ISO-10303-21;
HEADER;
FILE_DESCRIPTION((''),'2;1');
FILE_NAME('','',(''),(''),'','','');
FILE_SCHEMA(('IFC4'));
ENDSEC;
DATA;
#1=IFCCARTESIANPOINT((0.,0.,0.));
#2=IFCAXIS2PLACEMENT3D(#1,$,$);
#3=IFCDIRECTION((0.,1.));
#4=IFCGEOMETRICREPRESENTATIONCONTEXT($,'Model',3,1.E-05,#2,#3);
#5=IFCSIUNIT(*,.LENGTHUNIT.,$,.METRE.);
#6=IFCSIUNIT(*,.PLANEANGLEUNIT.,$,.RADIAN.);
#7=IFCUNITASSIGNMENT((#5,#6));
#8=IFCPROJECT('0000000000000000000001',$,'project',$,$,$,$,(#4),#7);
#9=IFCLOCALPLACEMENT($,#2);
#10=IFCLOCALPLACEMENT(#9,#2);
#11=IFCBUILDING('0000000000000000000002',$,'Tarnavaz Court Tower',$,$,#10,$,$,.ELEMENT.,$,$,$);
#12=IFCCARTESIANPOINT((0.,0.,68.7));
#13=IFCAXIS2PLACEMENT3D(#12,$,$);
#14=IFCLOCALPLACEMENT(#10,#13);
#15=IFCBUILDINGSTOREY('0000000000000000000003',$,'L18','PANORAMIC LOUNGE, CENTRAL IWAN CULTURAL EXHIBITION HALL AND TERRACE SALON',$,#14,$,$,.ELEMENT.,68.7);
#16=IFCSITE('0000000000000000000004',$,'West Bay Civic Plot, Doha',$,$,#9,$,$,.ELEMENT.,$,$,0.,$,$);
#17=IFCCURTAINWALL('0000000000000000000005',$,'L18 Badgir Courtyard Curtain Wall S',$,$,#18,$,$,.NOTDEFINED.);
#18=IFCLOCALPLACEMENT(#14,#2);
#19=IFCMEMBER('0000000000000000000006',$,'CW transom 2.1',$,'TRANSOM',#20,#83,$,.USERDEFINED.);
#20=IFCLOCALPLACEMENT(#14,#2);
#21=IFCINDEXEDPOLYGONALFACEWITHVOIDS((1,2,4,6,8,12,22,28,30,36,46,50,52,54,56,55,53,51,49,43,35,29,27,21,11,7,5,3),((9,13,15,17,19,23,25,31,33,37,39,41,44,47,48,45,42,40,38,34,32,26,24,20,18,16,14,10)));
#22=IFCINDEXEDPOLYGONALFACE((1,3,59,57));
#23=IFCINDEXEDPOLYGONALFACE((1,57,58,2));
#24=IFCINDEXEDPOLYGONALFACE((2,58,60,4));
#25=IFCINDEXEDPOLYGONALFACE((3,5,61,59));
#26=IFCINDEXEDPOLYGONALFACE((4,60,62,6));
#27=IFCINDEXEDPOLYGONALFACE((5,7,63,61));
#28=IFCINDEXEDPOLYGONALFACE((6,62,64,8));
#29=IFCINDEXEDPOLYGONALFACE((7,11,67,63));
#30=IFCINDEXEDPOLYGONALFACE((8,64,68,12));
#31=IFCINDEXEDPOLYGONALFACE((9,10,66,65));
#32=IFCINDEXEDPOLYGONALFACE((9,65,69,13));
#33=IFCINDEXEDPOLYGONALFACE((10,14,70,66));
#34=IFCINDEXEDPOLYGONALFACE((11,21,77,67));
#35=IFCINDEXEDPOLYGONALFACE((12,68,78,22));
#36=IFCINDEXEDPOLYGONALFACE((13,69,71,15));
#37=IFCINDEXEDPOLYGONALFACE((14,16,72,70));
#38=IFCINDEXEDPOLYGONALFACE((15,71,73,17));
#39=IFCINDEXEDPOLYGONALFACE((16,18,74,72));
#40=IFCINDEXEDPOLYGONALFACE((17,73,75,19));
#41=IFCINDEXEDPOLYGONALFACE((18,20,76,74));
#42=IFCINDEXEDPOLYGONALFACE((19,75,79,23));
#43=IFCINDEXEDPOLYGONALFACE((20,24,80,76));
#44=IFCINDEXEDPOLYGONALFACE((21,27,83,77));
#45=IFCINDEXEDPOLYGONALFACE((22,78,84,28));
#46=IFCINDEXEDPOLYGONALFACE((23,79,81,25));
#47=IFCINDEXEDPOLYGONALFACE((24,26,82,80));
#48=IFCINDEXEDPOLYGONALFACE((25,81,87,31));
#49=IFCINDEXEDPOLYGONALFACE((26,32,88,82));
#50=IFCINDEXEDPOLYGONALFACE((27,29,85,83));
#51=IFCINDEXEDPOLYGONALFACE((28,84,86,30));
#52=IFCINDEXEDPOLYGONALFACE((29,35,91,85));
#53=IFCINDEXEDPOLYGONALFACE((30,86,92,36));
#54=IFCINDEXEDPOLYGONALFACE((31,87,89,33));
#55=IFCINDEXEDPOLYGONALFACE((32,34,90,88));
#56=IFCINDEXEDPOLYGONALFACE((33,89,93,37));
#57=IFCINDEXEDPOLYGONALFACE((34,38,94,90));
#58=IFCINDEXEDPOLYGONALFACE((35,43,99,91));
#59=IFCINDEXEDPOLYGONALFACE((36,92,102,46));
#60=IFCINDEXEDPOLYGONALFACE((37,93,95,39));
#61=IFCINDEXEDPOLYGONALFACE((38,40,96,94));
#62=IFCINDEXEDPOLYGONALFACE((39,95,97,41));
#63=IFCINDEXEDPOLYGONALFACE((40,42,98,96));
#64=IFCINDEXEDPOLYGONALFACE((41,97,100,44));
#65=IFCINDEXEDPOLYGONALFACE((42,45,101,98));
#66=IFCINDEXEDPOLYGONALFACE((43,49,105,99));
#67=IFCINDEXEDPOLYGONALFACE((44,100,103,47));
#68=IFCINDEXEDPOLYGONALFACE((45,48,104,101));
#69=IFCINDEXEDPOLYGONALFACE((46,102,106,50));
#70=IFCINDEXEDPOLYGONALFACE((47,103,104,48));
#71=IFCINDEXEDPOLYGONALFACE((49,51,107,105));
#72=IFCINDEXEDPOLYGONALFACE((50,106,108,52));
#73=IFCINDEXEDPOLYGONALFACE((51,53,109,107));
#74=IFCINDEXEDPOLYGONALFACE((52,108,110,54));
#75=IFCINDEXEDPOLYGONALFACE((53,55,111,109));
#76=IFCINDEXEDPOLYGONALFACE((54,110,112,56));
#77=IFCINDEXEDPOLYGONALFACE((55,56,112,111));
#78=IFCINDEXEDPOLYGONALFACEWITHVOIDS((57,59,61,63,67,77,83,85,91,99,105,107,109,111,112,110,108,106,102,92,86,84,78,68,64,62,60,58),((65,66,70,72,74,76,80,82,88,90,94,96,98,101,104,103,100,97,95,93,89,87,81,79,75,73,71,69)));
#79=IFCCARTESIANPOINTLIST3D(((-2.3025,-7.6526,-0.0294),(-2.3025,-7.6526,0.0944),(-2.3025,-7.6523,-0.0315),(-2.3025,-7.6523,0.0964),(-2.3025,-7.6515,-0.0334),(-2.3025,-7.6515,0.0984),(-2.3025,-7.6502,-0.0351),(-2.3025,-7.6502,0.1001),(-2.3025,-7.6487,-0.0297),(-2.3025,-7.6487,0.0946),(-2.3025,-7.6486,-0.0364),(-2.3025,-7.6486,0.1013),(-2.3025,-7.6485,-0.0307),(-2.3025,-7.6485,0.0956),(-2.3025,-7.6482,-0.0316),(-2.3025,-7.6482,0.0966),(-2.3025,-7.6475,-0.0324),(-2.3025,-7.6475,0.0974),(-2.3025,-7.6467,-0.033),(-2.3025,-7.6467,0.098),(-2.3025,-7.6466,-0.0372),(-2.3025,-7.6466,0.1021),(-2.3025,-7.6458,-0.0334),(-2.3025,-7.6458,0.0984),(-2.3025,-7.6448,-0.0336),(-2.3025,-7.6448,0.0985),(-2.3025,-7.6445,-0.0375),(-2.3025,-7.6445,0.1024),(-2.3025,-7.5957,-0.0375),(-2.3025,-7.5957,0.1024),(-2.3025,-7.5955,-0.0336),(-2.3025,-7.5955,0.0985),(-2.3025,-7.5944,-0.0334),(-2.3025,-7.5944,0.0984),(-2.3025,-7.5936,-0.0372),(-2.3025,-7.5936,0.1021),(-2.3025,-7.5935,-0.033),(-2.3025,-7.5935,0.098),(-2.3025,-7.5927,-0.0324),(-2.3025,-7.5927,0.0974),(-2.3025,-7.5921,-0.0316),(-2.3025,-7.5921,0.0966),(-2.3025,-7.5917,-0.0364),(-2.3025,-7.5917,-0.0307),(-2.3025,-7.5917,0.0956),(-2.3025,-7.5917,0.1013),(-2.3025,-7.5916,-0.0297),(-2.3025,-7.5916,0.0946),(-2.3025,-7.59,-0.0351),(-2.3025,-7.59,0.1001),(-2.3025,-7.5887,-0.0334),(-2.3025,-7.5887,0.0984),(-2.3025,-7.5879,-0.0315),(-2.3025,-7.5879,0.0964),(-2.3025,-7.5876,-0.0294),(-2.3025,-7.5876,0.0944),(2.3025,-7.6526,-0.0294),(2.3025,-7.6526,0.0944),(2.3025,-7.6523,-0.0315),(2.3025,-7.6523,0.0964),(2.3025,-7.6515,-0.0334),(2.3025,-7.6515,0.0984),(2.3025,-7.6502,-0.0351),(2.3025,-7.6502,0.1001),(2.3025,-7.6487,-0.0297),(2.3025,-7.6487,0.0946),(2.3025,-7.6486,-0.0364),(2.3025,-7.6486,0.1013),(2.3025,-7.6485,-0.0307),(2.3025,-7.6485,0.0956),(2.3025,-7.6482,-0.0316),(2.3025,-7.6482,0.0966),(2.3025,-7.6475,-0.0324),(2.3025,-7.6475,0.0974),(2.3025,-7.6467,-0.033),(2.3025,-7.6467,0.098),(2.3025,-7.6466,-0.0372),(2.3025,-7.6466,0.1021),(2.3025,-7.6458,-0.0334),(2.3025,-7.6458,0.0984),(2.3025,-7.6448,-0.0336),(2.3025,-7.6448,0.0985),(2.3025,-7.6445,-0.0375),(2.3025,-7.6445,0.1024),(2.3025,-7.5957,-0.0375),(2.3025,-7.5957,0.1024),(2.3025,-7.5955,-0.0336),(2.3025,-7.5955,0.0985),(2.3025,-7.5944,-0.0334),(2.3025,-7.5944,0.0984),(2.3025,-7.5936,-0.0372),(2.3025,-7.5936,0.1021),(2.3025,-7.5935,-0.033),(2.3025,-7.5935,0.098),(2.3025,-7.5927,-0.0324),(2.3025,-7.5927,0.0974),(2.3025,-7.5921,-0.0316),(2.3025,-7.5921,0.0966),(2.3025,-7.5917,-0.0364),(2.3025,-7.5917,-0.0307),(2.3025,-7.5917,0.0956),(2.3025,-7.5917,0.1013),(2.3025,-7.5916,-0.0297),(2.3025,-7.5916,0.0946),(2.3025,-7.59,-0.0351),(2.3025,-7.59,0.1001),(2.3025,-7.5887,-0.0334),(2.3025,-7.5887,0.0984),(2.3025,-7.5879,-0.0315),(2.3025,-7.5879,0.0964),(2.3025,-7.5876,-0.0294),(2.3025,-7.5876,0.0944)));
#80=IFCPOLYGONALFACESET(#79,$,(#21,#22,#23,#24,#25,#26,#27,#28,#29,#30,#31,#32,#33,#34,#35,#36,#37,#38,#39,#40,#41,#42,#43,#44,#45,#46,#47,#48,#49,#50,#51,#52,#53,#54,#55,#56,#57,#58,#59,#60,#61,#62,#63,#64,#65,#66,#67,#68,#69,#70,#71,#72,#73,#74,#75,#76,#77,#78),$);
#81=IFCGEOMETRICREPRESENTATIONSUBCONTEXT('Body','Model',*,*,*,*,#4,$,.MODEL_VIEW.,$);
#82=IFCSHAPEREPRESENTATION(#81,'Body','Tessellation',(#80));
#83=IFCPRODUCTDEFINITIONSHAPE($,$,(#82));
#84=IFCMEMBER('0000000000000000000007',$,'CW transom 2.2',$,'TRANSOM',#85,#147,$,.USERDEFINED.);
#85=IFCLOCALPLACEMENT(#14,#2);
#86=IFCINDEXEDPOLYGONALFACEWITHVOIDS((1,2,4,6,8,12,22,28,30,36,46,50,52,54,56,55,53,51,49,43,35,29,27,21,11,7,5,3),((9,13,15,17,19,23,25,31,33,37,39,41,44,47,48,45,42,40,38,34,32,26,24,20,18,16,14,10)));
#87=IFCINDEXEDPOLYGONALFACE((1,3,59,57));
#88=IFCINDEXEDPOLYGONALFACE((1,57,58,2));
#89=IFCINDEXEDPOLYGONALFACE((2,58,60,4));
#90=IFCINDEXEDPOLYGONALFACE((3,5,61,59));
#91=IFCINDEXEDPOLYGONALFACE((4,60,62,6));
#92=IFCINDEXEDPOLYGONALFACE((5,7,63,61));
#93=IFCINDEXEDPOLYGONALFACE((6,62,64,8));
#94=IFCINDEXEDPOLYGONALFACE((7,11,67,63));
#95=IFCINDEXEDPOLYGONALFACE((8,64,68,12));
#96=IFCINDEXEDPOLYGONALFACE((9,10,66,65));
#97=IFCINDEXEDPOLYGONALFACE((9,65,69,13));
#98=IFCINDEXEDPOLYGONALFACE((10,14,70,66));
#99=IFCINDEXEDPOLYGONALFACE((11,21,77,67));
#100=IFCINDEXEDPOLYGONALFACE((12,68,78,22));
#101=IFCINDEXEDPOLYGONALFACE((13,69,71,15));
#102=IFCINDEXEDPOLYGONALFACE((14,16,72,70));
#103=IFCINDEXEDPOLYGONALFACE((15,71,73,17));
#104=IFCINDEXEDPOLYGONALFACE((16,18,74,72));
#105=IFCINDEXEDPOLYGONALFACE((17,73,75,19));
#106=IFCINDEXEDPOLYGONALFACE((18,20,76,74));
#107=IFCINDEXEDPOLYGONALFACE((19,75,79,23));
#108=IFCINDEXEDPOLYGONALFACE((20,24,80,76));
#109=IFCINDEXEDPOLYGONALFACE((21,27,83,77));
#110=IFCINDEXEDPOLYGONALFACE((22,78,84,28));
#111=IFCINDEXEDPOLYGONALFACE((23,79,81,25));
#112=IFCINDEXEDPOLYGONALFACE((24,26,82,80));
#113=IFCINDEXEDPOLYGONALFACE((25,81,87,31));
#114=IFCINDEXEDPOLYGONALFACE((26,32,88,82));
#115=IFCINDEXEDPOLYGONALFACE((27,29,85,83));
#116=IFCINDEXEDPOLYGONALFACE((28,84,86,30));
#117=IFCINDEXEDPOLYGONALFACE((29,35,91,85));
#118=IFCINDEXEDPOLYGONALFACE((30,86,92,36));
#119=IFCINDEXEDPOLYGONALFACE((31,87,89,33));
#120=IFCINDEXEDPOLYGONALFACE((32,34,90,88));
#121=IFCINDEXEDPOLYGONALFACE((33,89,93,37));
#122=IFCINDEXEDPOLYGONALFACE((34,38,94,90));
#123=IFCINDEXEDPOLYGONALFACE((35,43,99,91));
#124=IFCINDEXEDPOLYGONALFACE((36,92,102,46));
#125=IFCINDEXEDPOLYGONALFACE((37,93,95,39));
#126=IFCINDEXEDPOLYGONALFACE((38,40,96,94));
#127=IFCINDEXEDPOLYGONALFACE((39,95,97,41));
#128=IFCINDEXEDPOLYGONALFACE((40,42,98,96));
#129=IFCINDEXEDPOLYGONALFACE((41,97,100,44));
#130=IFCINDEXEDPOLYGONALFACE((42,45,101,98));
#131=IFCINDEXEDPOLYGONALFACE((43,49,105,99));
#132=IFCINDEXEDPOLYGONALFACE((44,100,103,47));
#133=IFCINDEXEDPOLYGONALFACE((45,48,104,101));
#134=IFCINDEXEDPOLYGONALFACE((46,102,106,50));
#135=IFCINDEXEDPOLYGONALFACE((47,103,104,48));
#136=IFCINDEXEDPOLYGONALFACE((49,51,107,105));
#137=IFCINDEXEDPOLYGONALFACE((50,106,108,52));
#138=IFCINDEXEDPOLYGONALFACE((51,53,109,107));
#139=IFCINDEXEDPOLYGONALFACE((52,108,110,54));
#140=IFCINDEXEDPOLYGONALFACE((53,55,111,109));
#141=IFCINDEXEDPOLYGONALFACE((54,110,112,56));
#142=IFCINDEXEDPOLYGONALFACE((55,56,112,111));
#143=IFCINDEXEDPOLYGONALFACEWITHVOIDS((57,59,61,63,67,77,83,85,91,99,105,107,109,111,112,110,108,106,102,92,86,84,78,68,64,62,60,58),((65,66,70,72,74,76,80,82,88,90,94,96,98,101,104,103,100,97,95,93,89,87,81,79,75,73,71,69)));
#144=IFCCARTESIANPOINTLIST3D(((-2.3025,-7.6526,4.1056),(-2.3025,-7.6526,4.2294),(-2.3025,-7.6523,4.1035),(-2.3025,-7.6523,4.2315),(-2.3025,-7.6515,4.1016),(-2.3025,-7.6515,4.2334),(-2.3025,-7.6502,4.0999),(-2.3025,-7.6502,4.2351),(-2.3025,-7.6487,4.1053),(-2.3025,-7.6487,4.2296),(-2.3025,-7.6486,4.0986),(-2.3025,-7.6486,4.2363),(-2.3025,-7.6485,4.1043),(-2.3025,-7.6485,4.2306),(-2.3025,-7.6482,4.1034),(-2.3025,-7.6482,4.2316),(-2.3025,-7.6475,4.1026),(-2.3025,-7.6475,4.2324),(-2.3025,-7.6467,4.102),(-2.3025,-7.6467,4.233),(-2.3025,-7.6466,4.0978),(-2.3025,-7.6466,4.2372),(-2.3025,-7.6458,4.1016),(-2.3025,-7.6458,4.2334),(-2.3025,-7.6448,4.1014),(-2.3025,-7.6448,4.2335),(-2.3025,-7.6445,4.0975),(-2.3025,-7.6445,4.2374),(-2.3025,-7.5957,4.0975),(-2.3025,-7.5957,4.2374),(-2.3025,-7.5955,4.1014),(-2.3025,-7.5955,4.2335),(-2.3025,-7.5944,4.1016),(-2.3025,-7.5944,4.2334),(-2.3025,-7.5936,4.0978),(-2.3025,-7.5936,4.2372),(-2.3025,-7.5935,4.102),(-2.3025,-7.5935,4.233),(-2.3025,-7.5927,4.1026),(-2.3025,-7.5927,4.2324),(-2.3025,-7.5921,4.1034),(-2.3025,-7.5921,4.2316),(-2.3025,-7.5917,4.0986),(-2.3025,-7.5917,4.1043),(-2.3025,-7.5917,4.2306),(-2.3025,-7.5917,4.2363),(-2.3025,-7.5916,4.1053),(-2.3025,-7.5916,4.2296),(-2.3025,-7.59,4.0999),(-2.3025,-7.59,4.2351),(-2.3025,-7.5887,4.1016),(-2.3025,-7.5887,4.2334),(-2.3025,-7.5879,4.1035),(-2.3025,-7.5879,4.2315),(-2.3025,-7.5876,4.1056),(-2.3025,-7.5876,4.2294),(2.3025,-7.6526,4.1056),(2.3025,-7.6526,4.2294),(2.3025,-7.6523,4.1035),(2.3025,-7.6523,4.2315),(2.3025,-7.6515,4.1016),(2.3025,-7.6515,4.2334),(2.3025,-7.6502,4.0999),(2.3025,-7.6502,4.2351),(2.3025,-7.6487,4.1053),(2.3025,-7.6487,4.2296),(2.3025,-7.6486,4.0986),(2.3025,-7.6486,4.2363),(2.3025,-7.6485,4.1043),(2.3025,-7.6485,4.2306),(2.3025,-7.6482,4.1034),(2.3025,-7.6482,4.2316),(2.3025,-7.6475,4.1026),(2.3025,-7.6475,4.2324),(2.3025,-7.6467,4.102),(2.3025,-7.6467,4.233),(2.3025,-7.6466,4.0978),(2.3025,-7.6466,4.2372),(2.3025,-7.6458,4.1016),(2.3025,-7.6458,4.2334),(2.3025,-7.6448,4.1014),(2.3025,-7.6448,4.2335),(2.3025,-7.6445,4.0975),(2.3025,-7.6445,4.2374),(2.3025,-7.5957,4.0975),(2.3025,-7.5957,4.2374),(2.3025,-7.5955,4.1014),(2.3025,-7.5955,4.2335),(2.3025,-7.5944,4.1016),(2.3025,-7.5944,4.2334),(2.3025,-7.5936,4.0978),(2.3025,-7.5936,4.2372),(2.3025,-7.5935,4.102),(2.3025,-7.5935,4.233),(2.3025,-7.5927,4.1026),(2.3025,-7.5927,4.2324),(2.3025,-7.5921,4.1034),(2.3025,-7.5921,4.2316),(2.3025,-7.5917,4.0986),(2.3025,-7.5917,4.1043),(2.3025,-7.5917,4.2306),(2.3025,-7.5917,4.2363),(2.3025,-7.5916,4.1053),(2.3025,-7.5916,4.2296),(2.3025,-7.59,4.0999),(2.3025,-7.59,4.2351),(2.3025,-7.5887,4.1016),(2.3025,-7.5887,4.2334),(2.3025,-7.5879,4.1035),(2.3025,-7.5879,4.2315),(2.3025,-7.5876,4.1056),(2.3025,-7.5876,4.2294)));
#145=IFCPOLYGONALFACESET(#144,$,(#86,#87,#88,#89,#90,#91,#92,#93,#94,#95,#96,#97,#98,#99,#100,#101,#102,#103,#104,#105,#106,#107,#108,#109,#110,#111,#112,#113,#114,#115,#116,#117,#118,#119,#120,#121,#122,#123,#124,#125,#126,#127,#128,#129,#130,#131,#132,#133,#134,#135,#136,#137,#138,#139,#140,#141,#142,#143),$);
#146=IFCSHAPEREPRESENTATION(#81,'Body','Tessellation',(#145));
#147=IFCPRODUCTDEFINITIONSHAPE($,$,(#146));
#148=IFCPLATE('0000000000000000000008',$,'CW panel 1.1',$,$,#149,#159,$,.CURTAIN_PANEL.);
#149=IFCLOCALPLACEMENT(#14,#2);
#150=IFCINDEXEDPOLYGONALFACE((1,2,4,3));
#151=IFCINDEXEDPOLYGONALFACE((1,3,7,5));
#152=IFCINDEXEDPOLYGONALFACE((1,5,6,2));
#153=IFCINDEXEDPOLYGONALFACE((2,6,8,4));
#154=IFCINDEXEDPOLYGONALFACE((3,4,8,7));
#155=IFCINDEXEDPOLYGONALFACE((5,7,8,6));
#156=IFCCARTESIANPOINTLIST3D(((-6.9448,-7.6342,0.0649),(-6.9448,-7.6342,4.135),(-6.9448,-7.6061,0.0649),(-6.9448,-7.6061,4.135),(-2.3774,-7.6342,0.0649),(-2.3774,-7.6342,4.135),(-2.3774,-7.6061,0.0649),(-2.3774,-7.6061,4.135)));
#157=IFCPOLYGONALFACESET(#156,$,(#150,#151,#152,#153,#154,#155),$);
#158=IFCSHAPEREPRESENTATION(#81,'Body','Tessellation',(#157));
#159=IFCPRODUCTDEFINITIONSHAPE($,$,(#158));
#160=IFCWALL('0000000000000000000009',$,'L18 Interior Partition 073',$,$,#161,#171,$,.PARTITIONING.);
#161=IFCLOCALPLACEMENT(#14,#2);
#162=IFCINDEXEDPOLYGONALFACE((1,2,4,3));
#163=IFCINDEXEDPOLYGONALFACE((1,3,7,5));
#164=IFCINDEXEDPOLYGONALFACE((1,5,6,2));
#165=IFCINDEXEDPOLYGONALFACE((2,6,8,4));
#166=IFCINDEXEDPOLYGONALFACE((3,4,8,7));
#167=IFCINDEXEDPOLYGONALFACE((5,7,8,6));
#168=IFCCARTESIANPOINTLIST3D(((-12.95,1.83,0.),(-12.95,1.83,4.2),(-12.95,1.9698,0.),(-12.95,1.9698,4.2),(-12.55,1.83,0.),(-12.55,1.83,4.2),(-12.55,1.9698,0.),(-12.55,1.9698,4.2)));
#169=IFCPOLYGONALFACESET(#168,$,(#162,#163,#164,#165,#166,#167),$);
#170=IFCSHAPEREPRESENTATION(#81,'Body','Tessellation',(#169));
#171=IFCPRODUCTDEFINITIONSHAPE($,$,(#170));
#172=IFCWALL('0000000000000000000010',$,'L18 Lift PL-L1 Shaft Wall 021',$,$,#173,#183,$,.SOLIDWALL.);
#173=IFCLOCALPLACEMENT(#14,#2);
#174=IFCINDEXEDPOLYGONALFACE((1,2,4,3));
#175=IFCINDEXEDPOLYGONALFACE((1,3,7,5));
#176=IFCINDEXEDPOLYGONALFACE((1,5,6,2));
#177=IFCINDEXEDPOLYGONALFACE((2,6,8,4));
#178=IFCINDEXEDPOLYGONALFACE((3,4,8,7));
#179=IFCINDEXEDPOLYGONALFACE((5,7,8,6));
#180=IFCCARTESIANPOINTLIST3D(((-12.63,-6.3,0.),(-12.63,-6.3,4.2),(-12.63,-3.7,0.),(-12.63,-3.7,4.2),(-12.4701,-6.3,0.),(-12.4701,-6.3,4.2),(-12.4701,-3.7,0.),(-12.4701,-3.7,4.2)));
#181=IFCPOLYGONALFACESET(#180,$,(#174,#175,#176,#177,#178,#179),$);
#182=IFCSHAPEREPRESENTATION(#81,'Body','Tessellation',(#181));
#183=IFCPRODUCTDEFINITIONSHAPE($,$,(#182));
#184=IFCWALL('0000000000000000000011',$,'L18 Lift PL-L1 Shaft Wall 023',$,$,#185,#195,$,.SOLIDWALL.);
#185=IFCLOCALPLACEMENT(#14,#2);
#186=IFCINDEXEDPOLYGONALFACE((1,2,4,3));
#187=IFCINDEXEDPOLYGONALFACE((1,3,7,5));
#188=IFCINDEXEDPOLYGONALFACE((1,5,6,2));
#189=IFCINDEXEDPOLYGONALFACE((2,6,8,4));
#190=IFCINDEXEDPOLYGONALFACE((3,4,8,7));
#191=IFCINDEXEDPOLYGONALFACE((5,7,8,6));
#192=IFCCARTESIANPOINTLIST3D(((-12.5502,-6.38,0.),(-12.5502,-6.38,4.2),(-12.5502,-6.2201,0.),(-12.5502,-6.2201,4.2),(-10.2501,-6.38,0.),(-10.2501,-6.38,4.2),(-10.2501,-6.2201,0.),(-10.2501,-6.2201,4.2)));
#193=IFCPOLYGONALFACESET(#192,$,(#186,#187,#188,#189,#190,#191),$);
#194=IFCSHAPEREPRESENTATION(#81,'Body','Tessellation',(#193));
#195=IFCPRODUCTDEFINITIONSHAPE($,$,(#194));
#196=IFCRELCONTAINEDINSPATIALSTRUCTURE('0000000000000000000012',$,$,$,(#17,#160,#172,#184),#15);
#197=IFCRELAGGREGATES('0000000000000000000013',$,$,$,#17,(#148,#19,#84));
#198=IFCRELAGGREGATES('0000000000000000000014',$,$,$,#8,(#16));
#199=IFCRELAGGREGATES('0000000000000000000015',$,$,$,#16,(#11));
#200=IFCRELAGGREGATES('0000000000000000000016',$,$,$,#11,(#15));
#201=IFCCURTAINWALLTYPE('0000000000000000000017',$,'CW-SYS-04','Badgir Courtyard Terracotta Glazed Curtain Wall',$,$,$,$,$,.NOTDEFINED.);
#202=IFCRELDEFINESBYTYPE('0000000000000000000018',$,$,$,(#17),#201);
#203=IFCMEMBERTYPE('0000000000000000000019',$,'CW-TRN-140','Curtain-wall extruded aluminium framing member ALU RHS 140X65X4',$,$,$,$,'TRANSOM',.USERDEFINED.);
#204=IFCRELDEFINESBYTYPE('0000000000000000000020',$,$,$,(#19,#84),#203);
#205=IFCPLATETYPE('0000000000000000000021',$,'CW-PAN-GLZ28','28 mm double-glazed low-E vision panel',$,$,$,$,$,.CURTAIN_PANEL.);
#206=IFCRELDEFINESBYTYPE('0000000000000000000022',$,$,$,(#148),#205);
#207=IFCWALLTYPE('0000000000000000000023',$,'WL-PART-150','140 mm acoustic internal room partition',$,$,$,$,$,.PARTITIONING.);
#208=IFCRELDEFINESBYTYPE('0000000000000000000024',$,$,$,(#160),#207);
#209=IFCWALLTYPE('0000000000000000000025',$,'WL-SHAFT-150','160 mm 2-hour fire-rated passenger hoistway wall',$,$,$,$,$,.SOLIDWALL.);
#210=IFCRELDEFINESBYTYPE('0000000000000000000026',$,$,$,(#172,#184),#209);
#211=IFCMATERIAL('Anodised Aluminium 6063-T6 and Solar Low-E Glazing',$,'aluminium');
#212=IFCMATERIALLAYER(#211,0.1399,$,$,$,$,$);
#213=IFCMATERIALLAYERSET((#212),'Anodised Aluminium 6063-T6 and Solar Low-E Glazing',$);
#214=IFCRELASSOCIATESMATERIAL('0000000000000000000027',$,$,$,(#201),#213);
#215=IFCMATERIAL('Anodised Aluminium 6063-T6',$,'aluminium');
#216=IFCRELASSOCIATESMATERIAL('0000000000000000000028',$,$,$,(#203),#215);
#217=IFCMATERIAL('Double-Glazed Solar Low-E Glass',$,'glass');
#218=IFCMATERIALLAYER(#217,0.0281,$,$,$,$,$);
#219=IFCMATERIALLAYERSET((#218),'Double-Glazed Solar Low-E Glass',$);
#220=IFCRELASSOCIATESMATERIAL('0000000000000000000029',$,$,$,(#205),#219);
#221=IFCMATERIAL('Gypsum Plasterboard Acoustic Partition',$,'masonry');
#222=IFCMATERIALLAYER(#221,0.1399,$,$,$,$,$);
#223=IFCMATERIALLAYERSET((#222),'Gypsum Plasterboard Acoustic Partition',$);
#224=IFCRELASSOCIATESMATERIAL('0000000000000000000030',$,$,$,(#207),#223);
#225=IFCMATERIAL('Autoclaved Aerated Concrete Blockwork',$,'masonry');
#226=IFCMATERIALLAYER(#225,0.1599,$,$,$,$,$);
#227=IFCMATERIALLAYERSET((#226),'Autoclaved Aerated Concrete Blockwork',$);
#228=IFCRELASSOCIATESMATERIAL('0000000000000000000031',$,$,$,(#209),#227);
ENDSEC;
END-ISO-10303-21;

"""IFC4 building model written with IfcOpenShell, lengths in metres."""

from ifc_helpers import new_model, si_unit, direction, frame, frame_2d, origin, origin_2d, place, context, subcontext, project, spatial, rectangle, hollow_rectangle, extrude, material, layer, layer_set, material_profile, profile_set, type_object, element, aggregate, save


model = new_model("IFC4")

# Units and contexts
model_context = context("Model", 3, precision=1e-05, world=origin(), true_north=direction((0.0, 1.0)))
body_context = subcontext(model_context, "Body", "Model", "MODEL_VIEW")
ifc_project = project(units=[si_unit("LENGTHUNIT", "METRE"), si_unit("PLANEANGLEUNIT", "RADIAN")], contexts=[model_context])

# Site, building, storey
site_placement = place(None, origin())
site = spatial("IfcSite", under=ifc_project, at=site_placement, Name="West Bay Civic Plot, Doha", CompositionType="ELEMENT", RefElevation=0.0)
building_placement = place(site_placement, origin())
building = spatial("IfcBuilding", under=site, at=building_placement, Name="Tarnavaz Court Tower", CompositionType="ELEMENT")
storey_placement = place(building_placement, frame((0.0, 0.0, 68.7)))
storey = spatial("IfcBuildingStorey", under=building, at=storey_placement, Name="L18", Description="PANORAMIC LOUNGE, CENTRAL IWAN CULTURAL EXHIBITION HALL AND TERRACE SALON", CompositionType="ELEMENT", Elevation=68.7)

# Curtain wall, members, plate
ifc_material_1 = material(Name="Anodised Aluminium 6063-T6 and Solar Low-E Glazing", Category="aluminium")
ifc_layer_1 = layer(ifc_material_1, 0.1399)
ifc_layer_set_1 = layer_set([ifc_layer_1], Name="Anodised Aluminium 6063-T6 and Solar Low-E Glazing")
curtain_wall_type = type_object("IfcCurtainWallType", Name="CW-SYS-04", Description="Badgir Courtyard Terracotta Glazed Curtain Wall", PredefinedType="NOTDEFINED", material=ifc_layer_set_1)
curtain_wall_placement = place(storey_placement, origin())
curtain_wall = element("IfcCurtainWall", 1, at=curtain_wall_placement, inside=storey, type_object=curtain_wall_type, Name="L18 Badgir Courtyard Curtain Wall S", PredefinedType="NOTDEFINED")
ifc_material_2 = material(Name="Anodised Aluminium 6063-T6", Category="aluminium")
ifc_material_profile_1 = material_profile(ifc_material_2, hollow_rectangle(XDim=0.0649, YDim=0.1399, WallThickness=0.0039, InnerFilletRadius=0.0039, OuterFilletRadius=0.0081, at=origin_2d()), Name="ALU RHS 140X65X4")
ifc_profile_set_1 = profile_set([ifc_material_profile_1], Name="Anodised Aluminium 6063-T6")
member_type_1 = type_object("IfcMemberType", Name="CW-TRN-140", Description="Curtain-wall extruded aluminium framing member ALU RHS 140X65X4", ElementType="TRANSOM", PredefinedType="USERDEFINED", material=ifc_profile_set_1)
member_1_placement = place(storey_placement, frame((-2.3025, -7.6201, 0.0325), z_axis=(1.0, 0.0, 0.0), x_axis=(0.0, 1.0, 0.0)))
member_1 = element("IfcMember", 2, at=member_1_placement, type_object=member_type_1, Name="CW transom 2.1", ObjectType="TRANSOM", PredefinedType="USERDEFINED", context=body_context, shape_type="SweptSolid", body=[
    extrude(hollow_rectangle(XDim=0.0649, YDim=0.1399, WallThickness=0.0039, InnerFilletRadius=0.0039, OuterFilletRadius=0.0081, at=origin_2d()), origin(), (0.0, 0.0, 1.0), 4.605),
])
member_2_placement = place(storey_placement, frame((-2.3025, -7.6201, 4.1675), z_axis=(1.0, 0.0, 0.0), x_axis=(0.0, 1.0, 0.0)))
member_2 = element("IfcMember", 3, at=member_2_placement, type_object=member_type_1, Name="CW transom 2.2", ObjectType="TRANSOM", PredefinedType="USERDEFINED", context=body_context, shape_type="SweptSolid", body=[
    extrude(hollow_rectangle(XDim=0.0649, YDim=0.1399, WallThickness=0.0039, InnerFilletRadius=0.0039, OuterFilletRadius=0.0081, at=origin_2d()), origin(), (0.0, 0.0, 1.0), 4.605),
])
ifc_material_3 = material(Name="Double-Glazed Solar Low-E Glass", Category="glass")
ifc_layer_2 = layer(ifc_material_3, 0.0281)
ifc_layer_set_2 = layer_set([ifc_layer_2], Name="Double-Glazed Solar Low-E Glass")
plate_type = type_object("IfcPlateType", Name="CW-PAN-GLZ28", Description="28 mm double-glazed low-E vision panel", PredefinedType="CURTAIN_PANEL", material=ifc_layer_set_2)
plate_placement = place(storey_placement, frame((-4.6611, -7.6201, 0.0649), z_axis=(0.0, 0.0, 1.0), x_axis=(1.0, 0.0, 0.0)))
plate = element("IfcPlate", 4, at=plate_placement, type_object=plate_type, Name="CW panel 1.1", PredefinedType="CURTAIN_PANEL", context=body_context, shape_type="SweptSolid", body=[
    extrude(rectangle(XDim=4.5674, YDim=0.0281, at=origin_2d()), origin(), (0.0, 0.0, 1.0), 4.0701),
])
aggregate(curtain_wall, [plate, member_1, member_2])

# Walls
ifc_material_4 = material(Name="Gypsum Plasterboard Acoustic Partition", Category="masonry")
ifc_layer_3 = layer(ifc_material_4, 0.1399)
ifc_layer_set_3 = layer_set([ifc_layer_3], Name="Gypsum Plasterboard Acoustic Partition")
wall_type_1 = type_object("IfcWallType", Name="WL-PART-150", Description="140 mm acoustic internal room partition", PredefinedType="PARTITIONING", material=ifc_layer_set_3)
wall_1_placement = place(storey_placement, frame((-12.95, 1.8999, 0.0), z_axis=(0.0, 0.0, 1.0), x_axis=(1.0, 0.0, 0.0)))
element("IfcWall", 5, at=wall_1_placement, inside=storey, type_object=wall_type_1, Name="L18 Interior Partition 073", PredefinedType="PARTITIONING", context=body_context, shape_type="SweptSolid", body=[
    extrude(rectangle(XDim=0.3999, YDim=0.1399, at=frame_2d((0.2, 0.0))), origin(), (0.0, 0.0, 1.0), 4.2),
])
ifc_material_5 = material(Name="Autoclaved Aerated Concrete Blockwork", Category="masonry")
ifc_layer_4 = layer(ifc_material_5, 0.1599)
ifc_layer_set_4 = layer_set([ifc_layer_4], Name="Autoclaved Aerated Concrete Blockwork")
wall_type_2 = type_object("IfcWallType", Name="WL-SHAFT-150", Description="160 mm 2-hour fire-rated passenger hoistway wall", PredefinedType="SOLIDWALL", material=ifc_layer_set_4)
wall_2_placement = place(storey_placement, frame((-12.55, -6.3, 0.0), z_axis=(0.0, 0.0, 1.0), x_axis=(0.0, 1.0, 0.0)))
element("IfcWall", 6, at=wall_2_placement, inside=storey, type_object=wall_type_2, Name="L18 Lift PL-L1 Shaft Wall 021", PredefinedType="SOLIDWALL", context=body_context, shape_type="SweptSolid", body=[
    extrude(rectangle(XDim=2.6001, YDim=0.1599, at=frame_2d((1.3, 0.0))), origin(), (0.0, 0.0, 1.0), 4.2),
])

# Wall
for number, where, z_axis, x_axis, name in (
    (7, (-12.55, -6.3, 0.0), (0.0, 0.0, 1.0), (1.0, 0.0, 0.0), "L18 Lift PL-L1 Shaft Wall 023"),
):
    element("IfcWall", number, at=place(storey_placement, frame(where, z_axis=z_axis, x_axis=x_axis)), inside=storey, type_object=wall_type_2, Name=name, PredefinedType="SOLIDWALL", context=body_context, shape_type="SweptSolid", body=[
        extrude(rectangle(XDim=2.3, YDim=0.1599, at=frame_2d((1.1499, 0.0))), origin(), (0.0, 0.0, 1.0), 4.2),
    ])

save(model, "model.ifc")
